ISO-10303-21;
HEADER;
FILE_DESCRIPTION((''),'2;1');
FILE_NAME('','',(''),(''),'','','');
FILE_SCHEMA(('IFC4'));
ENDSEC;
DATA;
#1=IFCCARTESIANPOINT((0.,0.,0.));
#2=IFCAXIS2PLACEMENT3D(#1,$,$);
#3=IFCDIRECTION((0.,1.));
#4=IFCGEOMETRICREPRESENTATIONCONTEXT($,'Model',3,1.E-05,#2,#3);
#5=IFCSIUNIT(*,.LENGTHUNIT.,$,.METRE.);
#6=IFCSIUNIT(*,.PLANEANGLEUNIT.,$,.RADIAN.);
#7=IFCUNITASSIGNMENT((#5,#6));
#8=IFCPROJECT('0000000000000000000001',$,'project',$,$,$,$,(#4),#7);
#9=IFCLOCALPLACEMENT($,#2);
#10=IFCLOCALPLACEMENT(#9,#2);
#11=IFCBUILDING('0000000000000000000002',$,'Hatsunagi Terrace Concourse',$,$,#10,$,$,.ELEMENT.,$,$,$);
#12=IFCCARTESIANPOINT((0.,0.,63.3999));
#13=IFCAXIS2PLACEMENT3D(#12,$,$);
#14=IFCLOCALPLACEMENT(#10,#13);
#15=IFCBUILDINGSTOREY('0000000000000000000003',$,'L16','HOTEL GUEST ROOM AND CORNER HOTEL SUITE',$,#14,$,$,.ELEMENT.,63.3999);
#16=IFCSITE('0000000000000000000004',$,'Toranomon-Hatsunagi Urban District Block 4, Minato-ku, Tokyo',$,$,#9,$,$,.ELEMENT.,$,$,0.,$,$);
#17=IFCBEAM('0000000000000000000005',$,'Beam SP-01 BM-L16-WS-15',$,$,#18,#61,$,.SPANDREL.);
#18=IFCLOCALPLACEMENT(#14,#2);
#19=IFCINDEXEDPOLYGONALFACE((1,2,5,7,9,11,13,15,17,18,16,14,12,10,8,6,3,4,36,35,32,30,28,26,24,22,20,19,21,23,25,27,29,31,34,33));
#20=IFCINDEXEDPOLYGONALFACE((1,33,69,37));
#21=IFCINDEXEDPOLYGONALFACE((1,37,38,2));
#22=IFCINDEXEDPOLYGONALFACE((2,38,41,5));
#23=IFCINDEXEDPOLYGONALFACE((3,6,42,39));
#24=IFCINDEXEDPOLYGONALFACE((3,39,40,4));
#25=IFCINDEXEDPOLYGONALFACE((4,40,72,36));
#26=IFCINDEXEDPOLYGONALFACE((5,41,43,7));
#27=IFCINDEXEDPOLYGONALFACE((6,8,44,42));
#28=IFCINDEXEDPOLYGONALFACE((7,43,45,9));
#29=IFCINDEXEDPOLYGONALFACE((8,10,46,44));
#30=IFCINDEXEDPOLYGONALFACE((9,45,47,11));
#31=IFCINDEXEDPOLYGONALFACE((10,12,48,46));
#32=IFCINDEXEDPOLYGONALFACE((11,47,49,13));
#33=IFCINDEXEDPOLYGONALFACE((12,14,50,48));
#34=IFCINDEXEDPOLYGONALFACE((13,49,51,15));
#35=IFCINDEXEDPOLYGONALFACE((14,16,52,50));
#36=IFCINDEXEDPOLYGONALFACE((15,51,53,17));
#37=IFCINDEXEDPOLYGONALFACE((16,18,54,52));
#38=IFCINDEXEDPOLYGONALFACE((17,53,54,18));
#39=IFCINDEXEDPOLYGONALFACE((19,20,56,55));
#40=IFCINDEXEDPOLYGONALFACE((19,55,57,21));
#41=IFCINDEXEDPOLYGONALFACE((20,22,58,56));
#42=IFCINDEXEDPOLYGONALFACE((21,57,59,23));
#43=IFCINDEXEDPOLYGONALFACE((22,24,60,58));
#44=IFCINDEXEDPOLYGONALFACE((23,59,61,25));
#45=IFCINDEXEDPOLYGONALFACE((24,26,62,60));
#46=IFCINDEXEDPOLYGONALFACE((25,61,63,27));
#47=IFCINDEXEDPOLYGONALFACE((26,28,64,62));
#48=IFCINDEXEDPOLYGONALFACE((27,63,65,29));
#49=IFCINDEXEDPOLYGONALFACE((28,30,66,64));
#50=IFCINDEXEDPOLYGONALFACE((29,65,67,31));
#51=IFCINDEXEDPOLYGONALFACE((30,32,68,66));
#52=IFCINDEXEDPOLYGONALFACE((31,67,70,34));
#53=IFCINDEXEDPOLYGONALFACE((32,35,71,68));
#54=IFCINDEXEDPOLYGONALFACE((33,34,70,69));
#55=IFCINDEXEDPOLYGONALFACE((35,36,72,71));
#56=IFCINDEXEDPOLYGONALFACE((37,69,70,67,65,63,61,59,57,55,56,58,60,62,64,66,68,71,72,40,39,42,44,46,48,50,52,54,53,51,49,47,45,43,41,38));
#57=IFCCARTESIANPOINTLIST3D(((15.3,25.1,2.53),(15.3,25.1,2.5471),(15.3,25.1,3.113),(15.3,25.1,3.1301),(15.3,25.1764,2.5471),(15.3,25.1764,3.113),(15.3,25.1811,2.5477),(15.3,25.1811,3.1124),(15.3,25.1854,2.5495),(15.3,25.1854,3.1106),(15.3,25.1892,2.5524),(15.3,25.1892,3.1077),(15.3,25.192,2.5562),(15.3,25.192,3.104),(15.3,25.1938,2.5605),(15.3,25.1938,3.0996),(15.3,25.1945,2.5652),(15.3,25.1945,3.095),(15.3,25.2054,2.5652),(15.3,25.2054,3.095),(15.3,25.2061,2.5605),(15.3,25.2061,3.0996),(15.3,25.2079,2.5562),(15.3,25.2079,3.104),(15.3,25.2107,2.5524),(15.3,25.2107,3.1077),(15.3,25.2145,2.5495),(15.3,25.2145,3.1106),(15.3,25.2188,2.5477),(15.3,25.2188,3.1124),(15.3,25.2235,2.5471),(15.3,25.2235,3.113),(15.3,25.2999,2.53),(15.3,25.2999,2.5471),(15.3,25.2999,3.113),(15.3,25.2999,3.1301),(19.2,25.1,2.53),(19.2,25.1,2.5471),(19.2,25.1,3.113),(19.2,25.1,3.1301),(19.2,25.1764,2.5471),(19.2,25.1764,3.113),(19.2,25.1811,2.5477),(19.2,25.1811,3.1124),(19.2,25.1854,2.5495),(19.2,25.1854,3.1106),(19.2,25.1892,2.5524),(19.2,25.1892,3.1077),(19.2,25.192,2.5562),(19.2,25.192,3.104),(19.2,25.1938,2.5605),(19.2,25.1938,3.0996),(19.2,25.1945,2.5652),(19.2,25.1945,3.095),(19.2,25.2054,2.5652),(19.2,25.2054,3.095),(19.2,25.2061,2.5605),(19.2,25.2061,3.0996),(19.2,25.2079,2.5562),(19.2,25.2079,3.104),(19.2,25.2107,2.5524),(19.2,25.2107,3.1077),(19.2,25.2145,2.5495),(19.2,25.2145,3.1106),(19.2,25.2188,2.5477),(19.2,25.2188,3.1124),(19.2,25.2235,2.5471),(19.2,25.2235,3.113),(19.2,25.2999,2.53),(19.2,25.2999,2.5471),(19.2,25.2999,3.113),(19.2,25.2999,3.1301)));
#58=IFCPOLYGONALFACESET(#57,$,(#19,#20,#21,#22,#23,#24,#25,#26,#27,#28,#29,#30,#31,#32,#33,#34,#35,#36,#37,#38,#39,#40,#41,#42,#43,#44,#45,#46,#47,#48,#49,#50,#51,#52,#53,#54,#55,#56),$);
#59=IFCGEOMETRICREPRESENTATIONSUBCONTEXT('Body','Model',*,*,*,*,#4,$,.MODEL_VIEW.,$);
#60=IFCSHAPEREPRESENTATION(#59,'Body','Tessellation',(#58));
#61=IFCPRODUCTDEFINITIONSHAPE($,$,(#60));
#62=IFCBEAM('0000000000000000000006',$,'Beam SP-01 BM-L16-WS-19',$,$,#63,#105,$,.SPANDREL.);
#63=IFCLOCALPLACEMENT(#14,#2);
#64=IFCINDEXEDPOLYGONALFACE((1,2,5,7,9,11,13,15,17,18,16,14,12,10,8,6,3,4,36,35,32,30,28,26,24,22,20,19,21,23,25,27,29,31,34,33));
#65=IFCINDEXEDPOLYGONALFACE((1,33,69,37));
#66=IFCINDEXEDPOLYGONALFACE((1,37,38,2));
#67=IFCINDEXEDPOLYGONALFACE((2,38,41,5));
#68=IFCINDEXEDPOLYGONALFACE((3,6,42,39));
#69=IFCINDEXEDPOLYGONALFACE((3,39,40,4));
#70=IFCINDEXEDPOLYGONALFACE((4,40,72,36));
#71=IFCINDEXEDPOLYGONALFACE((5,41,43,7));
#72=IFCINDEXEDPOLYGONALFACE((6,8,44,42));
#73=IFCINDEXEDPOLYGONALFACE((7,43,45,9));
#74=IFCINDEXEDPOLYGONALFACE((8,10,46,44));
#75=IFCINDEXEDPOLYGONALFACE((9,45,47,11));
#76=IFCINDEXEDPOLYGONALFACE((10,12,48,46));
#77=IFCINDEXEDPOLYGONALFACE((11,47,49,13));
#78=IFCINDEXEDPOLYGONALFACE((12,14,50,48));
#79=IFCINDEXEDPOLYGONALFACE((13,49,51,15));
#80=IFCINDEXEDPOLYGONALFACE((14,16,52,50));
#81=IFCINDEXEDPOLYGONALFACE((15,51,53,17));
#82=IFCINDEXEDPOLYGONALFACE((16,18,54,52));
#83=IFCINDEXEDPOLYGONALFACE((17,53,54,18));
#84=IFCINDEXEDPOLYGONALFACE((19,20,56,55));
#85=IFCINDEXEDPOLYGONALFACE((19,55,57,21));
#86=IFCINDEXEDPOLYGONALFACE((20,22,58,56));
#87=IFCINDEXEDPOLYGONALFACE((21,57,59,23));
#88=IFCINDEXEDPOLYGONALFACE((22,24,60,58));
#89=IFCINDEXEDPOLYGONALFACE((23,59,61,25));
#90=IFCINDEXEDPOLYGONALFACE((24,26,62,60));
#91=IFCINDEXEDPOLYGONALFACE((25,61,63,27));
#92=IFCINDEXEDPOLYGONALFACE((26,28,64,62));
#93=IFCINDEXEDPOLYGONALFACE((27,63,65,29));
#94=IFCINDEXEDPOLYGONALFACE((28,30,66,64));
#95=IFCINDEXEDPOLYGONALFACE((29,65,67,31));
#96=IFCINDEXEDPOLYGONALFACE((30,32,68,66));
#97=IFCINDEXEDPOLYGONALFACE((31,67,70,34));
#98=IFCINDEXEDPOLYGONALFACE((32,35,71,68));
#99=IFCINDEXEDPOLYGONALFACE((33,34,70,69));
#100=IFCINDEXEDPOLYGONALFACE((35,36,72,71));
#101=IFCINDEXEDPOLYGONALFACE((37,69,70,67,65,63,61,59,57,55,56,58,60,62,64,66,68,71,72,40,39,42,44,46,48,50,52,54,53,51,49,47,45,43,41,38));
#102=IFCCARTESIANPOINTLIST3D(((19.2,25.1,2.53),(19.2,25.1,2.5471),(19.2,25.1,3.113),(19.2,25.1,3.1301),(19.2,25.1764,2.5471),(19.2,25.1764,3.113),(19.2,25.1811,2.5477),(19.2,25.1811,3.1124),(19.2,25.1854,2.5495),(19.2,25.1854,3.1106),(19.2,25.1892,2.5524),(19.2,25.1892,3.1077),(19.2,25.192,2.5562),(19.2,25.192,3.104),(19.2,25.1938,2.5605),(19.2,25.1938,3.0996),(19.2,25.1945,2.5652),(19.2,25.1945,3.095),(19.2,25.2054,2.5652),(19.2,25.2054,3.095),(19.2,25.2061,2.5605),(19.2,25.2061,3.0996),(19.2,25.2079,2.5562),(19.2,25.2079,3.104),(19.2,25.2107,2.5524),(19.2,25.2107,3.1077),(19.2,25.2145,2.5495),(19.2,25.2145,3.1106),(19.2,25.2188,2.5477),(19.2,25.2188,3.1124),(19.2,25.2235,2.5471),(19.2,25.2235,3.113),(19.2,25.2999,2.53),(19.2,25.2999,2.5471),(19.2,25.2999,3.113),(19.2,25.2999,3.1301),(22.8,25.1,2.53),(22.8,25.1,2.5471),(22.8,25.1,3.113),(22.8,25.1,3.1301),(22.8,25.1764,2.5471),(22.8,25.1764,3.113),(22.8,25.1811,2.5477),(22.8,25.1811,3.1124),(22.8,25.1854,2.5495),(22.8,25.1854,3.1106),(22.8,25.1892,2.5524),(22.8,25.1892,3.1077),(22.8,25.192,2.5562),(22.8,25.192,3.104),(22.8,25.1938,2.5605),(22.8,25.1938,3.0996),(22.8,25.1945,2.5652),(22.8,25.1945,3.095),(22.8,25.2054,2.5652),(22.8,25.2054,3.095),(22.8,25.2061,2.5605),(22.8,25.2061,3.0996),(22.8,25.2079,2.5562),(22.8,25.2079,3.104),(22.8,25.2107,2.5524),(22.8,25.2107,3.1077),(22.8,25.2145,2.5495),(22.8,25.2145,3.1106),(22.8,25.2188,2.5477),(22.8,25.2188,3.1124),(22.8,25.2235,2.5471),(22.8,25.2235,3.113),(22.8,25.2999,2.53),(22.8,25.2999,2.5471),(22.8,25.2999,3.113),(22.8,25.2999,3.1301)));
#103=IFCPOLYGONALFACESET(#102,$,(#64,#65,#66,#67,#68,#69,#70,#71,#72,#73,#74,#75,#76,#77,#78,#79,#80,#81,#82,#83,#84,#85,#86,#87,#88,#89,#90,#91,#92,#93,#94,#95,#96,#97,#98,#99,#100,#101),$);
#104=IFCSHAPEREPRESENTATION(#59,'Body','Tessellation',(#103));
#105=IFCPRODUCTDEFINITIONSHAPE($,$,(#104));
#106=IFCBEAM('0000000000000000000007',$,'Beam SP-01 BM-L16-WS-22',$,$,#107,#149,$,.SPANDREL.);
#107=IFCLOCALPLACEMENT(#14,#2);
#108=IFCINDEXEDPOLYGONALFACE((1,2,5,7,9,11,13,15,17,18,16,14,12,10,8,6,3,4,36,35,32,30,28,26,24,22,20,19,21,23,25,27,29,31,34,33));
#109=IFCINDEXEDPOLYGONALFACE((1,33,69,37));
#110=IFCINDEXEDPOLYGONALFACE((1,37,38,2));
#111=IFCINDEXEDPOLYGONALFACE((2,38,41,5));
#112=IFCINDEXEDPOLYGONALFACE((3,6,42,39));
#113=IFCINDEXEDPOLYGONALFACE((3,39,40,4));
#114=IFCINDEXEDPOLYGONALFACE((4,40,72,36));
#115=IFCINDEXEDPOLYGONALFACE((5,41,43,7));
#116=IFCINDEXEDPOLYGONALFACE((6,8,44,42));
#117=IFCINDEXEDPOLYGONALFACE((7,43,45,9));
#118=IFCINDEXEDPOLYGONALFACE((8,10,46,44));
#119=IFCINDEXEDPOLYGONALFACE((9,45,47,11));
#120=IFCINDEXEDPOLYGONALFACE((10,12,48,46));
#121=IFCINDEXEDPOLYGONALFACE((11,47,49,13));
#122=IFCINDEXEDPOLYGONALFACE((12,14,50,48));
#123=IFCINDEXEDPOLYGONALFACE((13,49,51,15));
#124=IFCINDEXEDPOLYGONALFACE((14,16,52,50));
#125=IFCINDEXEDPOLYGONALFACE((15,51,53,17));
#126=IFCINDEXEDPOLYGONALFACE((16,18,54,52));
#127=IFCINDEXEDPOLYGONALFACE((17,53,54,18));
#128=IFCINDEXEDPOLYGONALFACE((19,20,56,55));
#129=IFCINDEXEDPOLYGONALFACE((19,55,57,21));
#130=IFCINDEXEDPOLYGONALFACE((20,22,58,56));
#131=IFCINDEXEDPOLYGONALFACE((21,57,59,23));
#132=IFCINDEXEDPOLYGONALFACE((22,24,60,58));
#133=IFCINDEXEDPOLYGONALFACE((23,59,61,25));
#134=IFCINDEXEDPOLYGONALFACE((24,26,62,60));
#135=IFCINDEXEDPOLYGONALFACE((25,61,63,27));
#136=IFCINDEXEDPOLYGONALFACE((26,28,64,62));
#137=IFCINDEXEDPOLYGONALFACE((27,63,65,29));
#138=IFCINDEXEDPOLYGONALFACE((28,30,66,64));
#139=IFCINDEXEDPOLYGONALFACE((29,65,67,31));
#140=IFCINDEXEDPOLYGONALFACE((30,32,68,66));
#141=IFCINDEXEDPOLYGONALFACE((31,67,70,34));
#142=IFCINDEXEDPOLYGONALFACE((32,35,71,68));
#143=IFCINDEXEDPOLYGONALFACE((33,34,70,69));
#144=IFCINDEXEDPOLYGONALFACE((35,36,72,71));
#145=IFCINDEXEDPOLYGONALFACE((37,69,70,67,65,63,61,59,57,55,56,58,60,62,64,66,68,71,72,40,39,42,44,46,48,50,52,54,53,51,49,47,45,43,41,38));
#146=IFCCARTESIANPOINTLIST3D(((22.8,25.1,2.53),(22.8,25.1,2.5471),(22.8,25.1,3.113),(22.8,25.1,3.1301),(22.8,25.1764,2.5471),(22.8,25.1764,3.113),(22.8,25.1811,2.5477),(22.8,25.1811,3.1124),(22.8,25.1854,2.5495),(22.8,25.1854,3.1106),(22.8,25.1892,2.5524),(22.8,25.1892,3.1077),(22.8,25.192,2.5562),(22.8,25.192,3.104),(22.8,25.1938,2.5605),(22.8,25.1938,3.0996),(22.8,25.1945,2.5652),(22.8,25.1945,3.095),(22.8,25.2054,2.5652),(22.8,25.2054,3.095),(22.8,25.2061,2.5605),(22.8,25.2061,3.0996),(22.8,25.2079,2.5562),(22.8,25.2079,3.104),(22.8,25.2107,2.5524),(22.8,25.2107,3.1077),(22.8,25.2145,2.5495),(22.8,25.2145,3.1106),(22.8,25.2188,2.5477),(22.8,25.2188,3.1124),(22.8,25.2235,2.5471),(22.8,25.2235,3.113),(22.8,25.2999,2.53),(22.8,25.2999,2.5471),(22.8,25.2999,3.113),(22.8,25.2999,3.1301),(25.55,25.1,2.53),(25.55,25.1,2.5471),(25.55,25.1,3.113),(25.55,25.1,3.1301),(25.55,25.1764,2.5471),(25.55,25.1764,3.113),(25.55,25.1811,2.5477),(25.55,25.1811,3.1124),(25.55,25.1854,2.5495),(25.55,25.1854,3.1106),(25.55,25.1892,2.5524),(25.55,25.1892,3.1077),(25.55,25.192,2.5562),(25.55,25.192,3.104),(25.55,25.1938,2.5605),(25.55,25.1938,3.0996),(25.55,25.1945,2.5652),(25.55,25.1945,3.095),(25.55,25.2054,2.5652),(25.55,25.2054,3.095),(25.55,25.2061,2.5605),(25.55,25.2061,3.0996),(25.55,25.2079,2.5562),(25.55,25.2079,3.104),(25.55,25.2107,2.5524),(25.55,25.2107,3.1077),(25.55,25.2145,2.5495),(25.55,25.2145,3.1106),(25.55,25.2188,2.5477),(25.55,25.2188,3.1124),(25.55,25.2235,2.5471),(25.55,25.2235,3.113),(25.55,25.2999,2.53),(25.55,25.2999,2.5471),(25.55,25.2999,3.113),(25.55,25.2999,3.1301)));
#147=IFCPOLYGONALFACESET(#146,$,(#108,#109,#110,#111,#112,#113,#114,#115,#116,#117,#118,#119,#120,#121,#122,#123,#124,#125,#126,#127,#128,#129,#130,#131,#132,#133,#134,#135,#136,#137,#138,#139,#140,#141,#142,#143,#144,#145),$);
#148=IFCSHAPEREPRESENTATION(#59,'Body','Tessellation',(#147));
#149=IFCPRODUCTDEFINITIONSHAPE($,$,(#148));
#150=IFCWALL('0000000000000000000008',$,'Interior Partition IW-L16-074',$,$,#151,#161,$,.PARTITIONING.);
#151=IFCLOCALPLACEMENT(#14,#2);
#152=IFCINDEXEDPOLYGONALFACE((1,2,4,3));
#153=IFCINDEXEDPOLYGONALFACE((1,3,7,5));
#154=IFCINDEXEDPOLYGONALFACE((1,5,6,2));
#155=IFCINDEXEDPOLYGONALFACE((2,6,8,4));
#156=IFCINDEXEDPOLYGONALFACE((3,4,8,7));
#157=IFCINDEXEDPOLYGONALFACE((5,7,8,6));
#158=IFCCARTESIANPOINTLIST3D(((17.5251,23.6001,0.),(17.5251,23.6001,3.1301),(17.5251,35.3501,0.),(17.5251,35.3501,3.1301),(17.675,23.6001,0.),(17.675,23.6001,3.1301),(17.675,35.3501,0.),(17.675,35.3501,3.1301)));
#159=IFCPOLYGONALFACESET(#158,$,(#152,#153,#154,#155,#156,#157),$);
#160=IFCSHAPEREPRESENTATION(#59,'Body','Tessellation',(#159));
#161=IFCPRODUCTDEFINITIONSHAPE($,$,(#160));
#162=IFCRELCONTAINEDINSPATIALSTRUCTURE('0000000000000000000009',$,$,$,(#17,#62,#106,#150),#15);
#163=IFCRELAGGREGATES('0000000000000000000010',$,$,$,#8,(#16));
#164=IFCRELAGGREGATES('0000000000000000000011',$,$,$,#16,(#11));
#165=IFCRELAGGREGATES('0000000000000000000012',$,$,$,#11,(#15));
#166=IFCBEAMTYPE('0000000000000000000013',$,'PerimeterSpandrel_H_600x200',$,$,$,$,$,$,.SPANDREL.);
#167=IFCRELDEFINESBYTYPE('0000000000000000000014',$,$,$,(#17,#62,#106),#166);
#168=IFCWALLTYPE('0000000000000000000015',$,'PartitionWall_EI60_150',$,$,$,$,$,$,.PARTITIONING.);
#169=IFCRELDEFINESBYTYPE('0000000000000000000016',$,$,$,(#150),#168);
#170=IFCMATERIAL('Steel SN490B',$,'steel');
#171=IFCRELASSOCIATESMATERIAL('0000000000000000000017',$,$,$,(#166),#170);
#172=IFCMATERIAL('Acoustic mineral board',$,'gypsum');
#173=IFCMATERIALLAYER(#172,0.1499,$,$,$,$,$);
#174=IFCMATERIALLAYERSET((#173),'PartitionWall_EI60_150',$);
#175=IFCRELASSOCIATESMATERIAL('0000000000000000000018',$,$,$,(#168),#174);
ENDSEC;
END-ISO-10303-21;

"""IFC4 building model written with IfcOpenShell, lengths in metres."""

from ifc_helpers import new_model, si_unit, direction, frame, frame_2d, origin, origin_2d, place, context, subcontext, project, spatial, rectangle, i_section, extrude, material, layer, layer_set, material_profile, profile_set, type_object, element, save


model = new_model("IFC4")

# Units and contexts
model_context = context("Model", 3, precision=1e-05, world=origin(), true_north=direction((0.0, 1.0)))
body_context = subcontext(model_context, "Body", "Model", "MODEL_VIEW")
ifc_project = project(units=[si_unit("LENGTHUNIT", "METRE"), si_unit("PLANEANGLEUNIT", "RADIAN")], contexts=[model_context])

# Site, building, storey
site_placement = place(None, origin())
site = spatial("IfcSite", under=ifc_project, at=site_placement, Name="Toranomon-Hatsunagi Urban District Block 4, Minato-ku, Tokyo", CompositionType="ELEMENT", RefElevation=0.0)
building_placement = place(site_placement, origin())
building = spatial("IfcBuilding", under=site, at=building_placement, Name="Hatsunagi Terrace Concourse", CompositionType="ELEMENT")
storey_placement = place(building_placement, frame((0.0, 0.0, 63.3999)))
storey = spatial("IfcBuildingStorey", under=building, at=storey_placement, Name="L16", Description="HOTEL GUEST ROOM AND CORNER HOTEL SUITE", CompositionType="ELEMENT", Elevation=63.3999)

# Beams
ifc_material_1 = material(Name="Steel SN490B", Category="steel")
ifc_material_profile_1 = material_profile(ifc_material_1, i_section(OverallWidth=0.2, OverallDepth=0.6001, WebThickness=0.011, FlangeThickness=0.0171, FilletRadius=0.0181, at=origin_2d()), Name="H-600x200x11x17")
ifc_profile_set_1 = profile_set([ifc_material_profile_1], Name="Steel SN490B")
beam_type_1 = type_object("IfcBeamType", Name="PerimeterSpandrel_H_600x200", PredefinedType="SPANDREL", material=ifc_profile_set_1)
beam_1_placement = place(storey_placement, frame((15.3, 25.2, 2.8301), z_axis=(1.0, 0.0, 0.0), x_axis=(0.0, 1.0, 0.0)))
element("IfcBeam", 1, at=beam_1_placement, inside=storey, type_object=beam_type_1, Name="Beam SP-01 BM-L16-WS-15", PredefinedType="SPANDREL", context=body_context, shape_type="SweptSolid", body=[
    extrude(i_section(OverallWidth=0.2, OverallDepth=0.6001, WebThickness=0.011, FlangeThickness=0.0171, FilletRadius=0.0181, at=origin_2d()), origin(), (0.0, 0.0, 1.0), 3.8999),
])
beam_2_placement = place(storey_placement, frame((19.2, 25.2, 2.8301), z_axis=(1.0, 0.0, 0.0), x_axis=(0.0, 1.0, 0.0)))
element("IfcBeam", 2, at=beam_2_placement, inside=storey, type_object=beam_type_1, Name="Beam SP-01 BM-L16-WS-19", PredefinedType="SPANDREL", context=body_context, shape_type="SweptSolid", body=[
    extrude(i_section(OverallWidth=0.2, OverallDepth=0.6001, WebThickness=0.011, FlangeThickness=0.0171, FilletRadius=0.0181, at=origin_2d()), origin(), (0.0, 0.0, 1.0), 3.6001),
])
beam_3_placement = place(storey_placement, frame((22.8, 25.2, 2.8301), z_axis=(1.0, 0.0, 0.0), x_axis=(0.0, 1.0, 0.0)))
element("IfcBeam", 3, at=beam_3_placement, inside=storey, type_object=beam_type_1, Name="Beam SP-01 BM-L16-WS-22", PredefinedType="SPANDREL", context=body_context, shape_type="SweptSolid", body=[
    extrude(i_section(OverallWidth=0.2, OverallDepth=0.6001, WebThickness=0.011, FlangeThickness=0.0171, FilletRadius=0.0181, at=origin_2d()), origin(), (0.0, 0.0, 1.0), 2.75),
])

# Wall
ifc_material_2 = material(Name="Acoustic mineral board", Category="gypsum")
ifc_layer = layer(ifc_material_2, 0.1499)
ifc_layer_set = layer_set([ifc_layer], Name="PartitionWall_EI60_150")
wall_type = type_object("IfcWallType", Name="PartitionWall_EI60_150", PredefinedType="PARTITIONING", material=ifc_layer_set)
wall_placement = place(storey_placement, frame((17.6001, 23.6001, 0.0), z_axis=(0.0, 0.0, 1.0), x_axis=(0.0, 1.0, 0.0)))
element("IfcWall", 4, at=wall_placement, inside=storey, type_object=wall_type, Name="Interior Partition IW-L16-074", PredefinedType="PARTITIONING", context=body_context, shape_type="SweptSolid", body=[
    extrude(rectangle(XDim=11.75, YDim=0.1499, at=frame_2d((5.875, 0.0))), origin(), (0.0, 0.0, 1.0), 3.1301),
])

save(model, "model.ifc")
